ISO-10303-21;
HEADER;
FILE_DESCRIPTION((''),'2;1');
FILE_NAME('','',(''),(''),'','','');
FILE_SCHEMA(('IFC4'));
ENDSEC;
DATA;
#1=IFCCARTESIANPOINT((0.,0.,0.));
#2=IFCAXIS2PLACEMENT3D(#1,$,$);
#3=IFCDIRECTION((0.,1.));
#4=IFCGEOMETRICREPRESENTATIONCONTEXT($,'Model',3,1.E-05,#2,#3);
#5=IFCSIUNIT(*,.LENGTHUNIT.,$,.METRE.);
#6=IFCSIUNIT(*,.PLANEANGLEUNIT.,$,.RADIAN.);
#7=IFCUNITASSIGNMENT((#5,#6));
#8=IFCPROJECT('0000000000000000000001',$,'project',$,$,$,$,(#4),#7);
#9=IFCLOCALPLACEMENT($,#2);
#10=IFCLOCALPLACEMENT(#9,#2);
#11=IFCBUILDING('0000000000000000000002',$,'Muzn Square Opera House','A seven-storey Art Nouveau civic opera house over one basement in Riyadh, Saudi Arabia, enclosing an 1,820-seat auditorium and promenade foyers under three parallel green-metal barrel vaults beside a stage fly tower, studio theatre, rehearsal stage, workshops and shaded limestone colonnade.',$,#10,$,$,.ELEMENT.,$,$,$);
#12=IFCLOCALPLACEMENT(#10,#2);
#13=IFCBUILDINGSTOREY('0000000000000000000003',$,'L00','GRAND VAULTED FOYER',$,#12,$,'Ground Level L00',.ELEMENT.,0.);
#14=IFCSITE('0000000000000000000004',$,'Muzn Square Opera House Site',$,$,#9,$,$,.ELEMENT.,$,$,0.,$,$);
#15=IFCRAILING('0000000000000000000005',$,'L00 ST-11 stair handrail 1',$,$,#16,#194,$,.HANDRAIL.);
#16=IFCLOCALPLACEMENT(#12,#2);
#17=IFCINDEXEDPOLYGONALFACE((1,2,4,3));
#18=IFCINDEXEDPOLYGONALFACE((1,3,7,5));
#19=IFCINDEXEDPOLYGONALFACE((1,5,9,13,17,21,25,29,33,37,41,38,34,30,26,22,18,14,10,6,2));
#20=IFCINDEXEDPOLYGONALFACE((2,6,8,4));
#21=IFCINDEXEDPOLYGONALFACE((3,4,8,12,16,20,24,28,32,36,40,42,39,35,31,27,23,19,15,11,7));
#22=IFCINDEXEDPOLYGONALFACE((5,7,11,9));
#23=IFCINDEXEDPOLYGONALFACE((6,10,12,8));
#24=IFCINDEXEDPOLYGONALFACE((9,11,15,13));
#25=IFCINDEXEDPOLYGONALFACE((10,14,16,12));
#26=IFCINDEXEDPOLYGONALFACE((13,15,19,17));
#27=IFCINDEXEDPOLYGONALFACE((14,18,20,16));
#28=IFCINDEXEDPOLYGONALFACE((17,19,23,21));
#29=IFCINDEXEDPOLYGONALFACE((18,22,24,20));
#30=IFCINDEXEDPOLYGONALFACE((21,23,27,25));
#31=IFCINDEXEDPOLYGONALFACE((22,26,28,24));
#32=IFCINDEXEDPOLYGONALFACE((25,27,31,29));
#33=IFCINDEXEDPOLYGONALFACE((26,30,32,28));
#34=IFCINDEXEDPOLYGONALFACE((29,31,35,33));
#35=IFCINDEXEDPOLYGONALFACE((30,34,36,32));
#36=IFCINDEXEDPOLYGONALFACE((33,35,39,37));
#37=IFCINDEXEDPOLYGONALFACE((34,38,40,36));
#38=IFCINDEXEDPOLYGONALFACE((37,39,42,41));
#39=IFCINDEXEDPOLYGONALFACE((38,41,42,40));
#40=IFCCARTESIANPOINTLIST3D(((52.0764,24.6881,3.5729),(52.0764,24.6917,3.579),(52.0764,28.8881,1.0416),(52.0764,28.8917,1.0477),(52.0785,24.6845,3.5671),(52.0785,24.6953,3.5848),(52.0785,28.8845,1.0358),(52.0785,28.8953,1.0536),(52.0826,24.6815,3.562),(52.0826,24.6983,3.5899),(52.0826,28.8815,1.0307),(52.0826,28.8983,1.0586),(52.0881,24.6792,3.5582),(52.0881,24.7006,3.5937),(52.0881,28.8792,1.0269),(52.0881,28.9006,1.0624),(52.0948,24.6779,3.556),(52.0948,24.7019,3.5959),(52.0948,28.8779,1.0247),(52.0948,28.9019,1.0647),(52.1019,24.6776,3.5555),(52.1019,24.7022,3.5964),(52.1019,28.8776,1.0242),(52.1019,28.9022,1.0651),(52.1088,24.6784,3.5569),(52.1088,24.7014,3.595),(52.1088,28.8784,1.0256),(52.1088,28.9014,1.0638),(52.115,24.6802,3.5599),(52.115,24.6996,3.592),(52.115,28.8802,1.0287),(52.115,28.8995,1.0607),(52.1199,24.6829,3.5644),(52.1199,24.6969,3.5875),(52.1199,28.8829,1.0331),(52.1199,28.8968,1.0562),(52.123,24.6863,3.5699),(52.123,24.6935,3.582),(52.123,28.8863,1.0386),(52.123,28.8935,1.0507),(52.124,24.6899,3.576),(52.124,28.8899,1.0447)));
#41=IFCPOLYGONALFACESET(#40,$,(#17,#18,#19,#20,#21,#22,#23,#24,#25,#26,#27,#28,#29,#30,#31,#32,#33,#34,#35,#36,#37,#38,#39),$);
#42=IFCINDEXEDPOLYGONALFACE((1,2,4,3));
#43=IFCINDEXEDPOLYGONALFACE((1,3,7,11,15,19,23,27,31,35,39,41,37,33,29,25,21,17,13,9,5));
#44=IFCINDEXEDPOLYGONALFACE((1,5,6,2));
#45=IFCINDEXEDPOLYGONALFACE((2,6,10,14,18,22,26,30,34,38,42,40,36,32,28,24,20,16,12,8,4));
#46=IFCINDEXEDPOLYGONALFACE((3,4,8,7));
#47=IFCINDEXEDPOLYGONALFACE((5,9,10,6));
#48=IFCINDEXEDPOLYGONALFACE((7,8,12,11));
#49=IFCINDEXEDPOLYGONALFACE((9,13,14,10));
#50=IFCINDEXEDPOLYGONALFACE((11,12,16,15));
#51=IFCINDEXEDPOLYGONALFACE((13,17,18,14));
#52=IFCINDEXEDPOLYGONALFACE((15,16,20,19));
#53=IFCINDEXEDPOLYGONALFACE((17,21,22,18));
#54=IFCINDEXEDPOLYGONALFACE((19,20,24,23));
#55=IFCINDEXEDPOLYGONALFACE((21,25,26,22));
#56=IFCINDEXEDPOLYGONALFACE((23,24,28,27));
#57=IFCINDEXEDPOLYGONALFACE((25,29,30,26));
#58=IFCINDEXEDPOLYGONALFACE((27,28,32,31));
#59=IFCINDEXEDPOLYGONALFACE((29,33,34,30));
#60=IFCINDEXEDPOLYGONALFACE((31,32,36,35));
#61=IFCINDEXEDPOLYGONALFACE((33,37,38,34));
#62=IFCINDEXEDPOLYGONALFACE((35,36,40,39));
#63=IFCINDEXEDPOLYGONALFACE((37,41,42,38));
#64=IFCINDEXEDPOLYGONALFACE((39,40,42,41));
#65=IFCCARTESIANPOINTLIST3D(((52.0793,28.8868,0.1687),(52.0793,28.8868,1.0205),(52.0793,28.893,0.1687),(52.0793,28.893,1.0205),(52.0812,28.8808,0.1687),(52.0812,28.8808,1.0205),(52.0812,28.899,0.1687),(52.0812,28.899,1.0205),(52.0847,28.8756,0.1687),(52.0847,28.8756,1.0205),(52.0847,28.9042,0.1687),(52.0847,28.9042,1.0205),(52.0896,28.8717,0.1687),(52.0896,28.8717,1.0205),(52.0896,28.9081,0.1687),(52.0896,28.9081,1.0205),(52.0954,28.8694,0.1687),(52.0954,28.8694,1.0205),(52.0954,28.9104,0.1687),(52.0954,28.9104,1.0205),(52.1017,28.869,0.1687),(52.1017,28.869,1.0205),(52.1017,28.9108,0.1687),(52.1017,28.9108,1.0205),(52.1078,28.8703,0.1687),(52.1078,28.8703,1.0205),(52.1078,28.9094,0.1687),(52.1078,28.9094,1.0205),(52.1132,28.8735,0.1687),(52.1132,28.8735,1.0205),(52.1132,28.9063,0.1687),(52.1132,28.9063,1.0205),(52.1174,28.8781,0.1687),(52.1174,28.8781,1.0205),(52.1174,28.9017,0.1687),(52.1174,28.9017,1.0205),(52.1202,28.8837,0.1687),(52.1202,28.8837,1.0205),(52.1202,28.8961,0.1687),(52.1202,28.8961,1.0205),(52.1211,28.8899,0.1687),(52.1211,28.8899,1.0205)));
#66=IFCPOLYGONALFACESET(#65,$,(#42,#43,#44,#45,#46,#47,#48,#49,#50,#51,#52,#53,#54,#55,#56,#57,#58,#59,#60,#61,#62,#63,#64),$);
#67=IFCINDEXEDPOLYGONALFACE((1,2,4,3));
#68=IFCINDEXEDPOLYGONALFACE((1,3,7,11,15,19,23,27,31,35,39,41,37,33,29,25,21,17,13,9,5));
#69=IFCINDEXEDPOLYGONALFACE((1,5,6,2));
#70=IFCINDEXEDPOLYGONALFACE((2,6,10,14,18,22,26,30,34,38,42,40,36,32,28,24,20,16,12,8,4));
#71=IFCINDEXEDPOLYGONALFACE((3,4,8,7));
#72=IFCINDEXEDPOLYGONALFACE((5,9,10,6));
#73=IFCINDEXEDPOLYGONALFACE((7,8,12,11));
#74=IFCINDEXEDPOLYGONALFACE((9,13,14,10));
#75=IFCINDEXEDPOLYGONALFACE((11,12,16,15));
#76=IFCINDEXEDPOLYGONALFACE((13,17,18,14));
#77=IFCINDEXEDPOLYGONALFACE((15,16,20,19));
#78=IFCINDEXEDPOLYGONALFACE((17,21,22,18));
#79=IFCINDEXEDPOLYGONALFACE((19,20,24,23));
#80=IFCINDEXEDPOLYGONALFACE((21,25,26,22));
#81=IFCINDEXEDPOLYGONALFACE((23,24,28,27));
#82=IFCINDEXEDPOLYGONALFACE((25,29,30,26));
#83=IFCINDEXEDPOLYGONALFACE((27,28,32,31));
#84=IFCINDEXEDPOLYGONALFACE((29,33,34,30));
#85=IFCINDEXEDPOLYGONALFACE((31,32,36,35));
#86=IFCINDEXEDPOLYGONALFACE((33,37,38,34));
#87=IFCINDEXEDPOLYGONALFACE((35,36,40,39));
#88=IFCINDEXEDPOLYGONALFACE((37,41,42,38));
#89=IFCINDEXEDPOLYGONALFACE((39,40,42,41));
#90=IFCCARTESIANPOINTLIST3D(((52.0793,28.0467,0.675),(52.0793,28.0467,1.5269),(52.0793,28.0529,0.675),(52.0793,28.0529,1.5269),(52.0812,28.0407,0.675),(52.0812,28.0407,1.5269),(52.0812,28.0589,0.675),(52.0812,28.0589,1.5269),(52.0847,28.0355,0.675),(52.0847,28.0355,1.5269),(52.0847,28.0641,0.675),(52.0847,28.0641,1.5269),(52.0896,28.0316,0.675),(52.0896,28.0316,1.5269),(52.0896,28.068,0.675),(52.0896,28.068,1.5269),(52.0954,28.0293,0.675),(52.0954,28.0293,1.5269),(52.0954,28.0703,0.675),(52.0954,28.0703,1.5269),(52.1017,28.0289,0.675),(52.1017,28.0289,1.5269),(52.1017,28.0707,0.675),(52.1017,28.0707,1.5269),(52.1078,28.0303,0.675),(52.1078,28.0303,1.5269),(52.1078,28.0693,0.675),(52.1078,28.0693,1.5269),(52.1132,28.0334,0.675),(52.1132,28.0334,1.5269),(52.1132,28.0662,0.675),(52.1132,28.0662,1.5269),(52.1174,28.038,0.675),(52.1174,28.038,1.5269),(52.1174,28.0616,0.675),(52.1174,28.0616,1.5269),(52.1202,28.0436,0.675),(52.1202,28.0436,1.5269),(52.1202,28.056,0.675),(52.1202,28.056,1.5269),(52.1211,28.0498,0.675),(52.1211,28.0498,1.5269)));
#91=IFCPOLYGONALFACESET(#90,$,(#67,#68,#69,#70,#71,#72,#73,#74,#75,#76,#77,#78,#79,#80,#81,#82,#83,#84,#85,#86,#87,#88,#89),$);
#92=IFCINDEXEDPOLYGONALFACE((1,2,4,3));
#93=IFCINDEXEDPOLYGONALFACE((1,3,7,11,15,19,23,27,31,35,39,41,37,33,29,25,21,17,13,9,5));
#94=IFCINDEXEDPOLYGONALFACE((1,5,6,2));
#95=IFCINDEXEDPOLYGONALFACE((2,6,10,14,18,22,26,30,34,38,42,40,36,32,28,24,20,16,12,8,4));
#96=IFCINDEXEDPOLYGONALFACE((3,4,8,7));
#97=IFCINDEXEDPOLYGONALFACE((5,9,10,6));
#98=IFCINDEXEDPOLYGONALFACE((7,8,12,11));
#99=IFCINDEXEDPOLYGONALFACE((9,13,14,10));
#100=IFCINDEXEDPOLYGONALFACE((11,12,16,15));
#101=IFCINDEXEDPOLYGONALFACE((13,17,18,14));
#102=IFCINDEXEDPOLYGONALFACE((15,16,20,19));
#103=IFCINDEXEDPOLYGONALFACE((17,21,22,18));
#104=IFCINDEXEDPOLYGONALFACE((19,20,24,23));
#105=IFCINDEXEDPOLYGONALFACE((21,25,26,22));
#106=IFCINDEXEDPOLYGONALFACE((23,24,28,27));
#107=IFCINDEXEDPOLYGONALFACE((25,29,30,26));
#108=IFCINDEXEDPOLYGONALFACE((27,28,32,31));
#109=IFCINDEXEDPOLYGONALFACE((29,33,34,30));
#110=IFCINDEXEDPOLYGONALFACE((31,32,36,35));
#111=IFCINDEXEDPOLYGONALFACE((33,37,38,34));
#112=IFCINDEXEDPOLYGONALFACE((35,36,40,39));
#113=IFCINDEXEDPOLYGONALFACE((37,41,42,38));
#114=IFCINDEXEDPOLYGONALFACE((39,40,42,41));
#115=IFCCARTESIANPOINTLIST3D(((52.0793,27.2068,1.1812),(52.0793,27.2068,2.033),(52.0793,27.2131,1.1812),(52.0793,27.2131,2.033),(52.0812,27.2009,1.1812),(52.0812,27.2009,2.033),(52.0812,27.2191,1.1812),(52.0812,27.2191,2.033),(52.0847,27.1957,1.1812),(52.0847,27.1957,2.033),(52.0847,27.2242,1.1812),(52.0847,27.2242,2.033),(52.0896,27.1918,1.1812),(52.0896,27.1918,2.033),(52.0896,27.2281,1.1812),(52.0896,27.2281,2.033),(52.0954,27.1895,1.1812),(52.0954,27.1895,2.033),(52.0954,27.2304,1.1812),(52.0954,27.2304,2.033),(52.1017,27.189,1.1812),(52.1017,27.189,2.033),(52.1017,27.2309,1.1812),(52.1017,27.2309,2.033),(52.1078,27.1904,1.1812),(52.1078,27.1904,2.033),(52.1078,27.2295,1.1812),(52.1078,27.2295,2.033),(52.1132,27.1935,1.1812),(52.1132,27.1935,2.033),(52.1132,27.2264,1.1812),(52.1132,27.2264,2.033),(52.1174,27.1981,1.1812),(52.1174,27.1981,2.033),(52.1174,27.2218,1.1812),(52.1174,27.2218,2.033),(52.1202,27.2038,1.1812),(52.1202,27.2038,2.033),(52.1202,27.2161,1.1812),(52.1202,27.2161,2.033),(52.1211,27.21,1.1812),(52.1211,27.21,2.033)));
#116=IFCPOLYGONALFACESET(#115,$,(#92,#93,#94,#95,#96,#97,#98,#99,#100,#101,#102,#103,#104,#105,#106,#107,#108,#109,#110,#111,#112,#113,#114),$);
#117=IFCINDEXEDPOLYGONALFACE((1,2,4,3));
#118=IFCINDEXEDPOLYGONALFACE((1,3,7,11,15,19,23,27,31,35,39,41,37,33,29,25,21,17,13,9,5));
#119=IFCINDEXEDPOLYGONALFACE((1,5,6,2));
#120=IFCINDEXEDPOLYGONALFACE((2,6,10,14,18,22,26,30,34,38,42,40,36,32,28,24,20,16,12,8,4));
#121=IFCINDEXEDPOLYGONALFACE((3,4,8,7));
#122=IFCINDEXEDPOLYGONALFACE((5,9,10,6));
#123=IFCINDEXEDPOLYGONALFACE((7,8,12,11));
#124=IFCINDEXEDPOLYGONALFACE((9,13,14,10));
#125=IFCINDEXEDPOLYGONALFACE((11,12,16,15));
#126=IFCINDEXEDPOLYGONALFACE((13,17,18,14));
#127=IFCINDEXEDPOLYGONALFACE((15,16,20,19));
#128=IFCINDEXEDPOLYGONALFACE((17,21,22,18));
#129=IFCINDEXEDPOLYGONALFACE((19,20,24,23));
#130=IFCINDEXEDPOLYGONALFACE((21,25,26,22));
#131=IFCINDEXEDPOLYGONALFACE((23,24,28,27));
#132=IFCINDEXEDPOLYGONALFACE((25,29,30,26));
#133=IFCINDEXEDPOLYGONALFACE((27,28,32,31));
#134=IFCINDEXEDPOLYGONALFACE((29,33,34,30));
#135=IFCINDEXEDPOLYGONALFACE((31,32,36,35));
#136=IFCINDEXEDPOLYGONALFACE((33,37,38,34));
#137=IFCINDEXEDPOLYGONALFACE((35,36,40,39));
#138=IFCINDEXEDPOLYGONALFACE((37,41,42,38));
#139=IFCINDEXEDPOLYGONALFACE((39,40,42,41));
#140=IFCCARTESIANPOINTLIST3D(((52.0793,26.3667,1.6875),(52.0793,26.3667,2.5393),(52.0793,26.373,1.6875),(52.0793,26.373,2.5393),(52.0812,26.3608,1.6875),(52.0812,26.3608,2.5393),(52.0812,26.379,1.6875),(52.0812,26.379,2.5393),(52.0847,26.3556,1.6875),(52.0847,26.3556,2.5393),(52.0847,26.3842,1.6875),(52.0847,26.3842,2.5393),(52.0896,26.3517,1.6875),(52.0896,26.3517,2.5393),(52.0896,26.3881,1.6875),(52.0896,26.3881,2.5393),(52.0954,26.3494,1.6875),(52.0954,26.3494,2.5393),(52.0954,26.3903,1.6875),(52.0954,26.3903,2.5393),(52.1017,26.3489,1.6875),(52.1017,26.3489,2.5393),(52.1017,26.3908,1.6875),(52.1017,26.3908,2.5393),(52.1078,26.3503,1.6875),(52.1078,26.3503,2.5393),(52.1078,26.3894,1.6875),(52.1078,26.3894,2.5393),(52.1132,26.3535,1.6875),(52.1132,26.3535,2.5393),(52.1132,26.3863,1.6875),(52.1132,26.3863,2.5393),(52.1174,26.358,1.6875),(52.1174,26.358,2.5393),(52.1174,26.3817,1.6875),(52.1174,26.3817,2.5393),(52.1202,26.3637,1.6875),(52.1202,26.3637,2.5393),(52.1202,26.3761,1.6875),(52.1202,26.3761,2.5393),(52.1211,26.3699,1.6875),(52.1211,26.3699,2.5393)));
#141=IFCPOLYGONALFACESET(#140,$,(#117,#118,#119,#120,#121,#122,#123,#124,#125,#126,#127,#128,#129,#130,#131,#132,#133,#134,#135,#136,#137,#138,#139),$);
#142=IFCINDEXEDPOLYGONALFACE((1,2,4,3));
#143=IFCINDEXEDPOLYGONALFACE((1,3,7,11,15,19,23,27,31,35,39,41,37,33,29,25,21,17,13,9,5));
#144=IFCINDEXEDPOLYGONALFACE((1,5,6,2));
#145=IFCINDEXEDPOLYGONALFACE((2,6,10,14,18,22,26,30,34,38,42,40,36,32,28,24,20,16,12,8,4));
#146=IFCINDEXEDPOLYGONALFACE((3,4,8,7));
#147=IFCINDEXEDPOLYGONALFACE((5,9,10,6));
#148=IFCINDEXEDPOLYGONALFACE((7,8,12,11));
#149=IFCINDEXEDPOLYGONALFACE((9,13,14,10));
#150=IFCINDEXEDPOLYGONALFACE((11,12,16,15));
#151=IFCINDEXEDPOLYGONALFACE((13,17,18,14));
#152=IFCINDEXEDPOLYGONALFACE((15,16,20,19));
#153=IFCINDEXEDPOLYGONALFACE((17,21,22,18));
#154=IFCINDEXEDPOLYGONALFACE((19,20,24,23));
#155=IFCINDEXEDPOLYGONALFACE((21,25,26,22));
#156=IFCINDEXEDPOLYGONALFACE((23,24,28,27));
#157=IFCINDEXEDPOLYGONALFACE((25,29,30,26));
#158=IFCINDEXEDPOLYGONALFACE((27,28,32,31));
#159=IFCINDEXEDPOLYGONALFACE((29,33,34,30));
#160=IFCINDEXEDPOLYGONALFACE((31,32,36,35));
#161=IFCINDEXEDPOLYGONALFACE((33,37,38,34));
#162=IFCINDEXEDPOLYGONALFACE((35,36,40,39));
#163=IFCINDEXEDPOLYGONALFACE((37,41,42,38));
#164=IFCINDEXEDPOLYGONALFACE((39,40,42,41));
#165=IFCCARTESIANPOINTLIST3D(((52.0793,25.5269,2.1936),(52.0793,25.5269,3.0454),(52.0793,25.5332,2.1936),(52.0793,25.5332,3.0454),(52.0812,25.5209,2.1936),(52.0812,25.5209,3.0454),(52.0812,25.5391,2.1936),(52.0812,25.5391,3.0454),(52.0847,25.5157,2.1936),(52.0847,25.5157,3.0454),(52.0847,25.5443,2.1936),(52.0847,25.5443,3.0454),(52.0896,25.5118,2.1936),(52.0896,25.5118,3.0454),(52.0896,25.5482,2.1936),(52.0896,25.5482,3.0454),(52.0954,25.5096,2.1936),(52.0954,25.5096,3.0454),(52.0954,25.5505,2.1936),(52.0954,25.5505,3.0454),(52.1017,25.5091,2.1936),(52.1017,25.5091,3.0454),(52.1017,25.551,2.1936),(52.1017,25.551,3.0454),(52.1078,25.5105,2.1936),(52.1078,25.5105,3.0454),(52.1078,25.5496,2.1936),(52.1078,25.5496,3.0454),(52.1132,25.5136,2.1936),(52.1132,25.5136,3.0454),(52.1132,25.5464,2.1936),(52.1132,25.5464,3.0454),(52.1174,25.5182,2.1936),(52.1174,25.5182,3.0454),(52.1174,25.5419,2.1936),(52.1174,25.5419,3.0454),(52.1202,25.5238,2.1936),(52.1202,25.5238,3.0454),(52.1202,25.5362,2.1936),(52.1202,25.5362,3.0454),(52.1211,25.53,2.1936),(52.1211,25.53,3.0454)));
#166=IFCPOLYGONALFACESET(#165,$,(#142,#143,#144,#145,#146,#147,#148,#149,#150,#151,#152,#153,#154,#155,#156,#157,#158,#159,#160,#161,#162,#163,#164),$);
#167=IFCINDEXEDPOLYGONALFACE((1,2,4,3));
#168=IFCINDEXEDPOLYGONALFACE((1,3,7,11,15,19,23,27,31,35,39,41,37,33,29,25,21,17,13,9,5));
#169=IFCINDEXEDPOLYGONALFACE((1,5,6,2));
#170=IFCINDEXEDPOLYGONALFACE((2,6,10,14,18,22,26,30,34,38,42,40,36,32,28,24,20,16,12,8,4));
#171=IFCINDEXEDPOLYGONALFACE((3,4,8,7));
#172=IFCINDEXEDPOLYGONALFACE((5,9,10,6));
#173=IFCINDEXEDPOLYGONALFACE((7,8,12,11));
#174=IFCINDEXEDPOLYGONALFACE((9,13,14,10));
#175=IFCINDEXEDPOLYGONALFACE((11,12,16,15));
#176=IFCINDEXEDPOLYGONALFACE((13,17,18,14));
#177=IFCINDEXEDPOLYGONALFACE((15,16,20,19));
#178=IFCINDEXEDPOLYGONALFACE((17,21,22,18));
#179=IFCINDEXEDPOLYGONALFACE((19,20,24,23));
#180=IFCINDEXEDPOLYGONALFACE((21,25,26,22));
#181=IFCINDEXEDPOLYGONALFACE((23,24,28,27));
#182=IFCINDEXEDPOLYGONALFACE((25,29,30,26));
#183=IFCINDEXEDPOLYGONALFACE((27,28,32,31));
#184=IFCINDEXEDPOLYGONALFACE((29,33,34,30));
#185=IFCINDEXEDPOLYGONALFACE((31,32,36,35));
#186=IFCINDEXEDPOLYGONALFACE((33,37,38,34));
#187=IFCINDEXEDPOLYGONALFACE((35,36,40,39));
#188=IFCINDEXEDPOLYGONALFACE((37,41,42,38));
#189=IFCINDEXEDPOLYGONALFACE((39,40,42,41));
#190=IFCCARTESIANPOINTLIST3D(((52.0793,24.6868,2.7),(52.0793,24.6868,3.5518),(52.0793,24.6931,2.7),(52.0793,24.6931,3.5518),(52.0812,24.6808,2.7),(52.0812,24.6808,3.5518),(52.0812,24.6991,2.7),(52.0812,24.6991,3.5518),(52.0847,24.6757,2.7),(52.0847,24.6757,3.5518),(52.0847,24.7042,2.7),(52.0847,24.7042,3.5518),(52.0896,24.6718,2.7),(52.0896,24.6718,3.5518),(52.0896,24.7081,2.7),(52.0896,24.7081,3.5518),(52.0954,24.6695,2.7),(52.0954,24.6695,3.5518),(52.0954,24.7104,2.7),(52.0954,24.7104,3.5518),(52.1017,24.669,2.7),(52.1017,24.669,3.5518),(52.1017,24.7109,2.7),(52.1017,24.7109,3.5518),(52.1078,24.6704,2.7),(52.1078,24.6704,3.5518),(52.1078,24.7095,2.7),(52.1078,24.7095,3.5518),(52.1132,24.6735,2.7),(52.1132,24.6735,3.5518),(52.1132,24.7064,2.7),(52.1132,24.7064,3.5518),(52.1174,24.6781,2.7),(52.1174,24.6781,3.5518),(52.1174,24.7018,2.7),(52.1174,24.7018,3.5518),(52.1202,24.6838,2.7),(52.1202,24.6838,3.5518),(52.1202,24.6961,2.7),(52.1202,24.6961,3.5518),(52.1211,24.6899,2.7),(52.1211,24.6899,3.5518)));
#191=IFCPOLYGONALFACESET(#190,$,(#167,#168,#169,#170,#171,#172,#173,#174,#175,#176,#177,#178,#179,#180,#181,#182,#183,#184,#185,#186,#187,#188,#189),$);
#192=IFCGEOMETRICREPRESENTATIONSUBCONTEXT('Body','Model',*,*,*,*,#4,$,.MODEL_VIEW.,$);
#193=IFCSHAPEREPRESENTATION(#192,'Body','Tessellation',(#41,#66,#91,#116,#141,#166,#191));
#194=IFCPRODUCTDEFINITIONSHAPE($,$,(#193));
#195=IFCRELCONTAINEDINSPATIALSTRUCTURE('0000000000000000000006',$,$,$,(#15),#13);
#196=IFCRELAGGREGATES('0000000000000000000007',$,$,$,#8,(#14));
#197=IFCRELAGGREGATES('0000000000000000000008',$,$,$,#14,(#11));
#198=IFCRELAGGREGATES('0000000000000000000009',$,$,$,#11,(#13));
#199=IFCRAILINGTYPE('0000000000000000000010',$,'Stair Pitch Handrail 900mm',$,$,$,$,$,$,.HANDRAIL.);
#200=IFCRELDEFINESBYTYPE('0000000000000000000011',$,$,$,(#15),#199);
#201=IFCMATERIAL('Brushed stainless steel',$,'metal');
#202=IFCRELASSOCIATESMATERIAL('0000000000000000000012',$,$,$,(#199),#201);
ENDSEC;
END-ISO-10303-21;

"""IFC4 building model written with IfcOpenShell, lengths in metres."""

from ifc_helpers import new_model, si_unit, direction, frame, origin, origin_2d, place, context, subcontext, project, spatial, circle, extrude, material, type_object, element, save


model = new_model("IFC4")

# Units and contexts
model_context = context("Model", 3, precision=1e-05, world=origin(), true_north=direction((0.0, 1.0)))
body_context = subcontext(model_context, "Body", "Model", "MODEL_VIEW")
ifc_project = project(units=[si_unit("LENGTHUNIT", "METRE"), si_unit("PLANEANGLEUNIT", "RADIAN")], contexts=[model_context])

# Site, building, storey
site_placement = place(None, origin())
site = spatial("IfcSite", under=ifc_project, at=site_placement, Name="Muzn Square Opera House Site", CompositionType="ELEMENT", RefElevation=0.0)
building_placement = place(site_placement, origin())
building = spatial("IfcBuilding", under=site, at=building_placement, Name="Muzn Square Opera House", Description="A seven-storey Art Nouveau civic opera house over one basement in Riyadh, Saudi Arabia, enclosing an 1,820-seat auditorium and promenade foyers under three parallel green-metal barrel vaults beside a stage fly tower, studio theatre, rehearsal stage, workshops and shaded limestone colonnade.", CompositionType="ELEMENT")
storey_placement = place(building_placement, origin())
storey = spatial("IfcBuildingStorey", under=building, at=storey_placement, Name="L00", Description="GRAND VAULTED FOYER", LongName="Ground Level L00", CompositionType="ELEMENT", Elevation=0.0)

# Railing
ifc_material_1 = material(Name="Brushed stainless steel", Category="metal")
railing_type_1 = type_object("IfcRailingType", Name="Stair Pitch Handrail 900mm", PredefinedType="HANDRAIL", material=ifc_material_1)
railing_1_placement = place(storey_placement, frame((52.1001, 28.8899, 0.1687)))
element("IfcRailing", 1, at=railing_1_placement, inside=storey, type_object=railing_type_1, Name="L00 ST-11 stair handrail 1", PredefinedType="HANDRAIL", context=body_context, shape_type="SweptSolid", body=[
    extrude(circle(Radius=0.0239, at=origin_2d()), frame((0.0, 0.0, 0.876), z_axis=(0.0, -0.856476, 0.516186), x_axis=(1.0, 0.0, 0.0)), (0.0, 0.0, 1.0), 4.9038),
    extrude(circle(Radius=0.021, at=origin_2d()), origin(), (0.0, 0.0, 1.0), 0.8518),
    extrude(circle(Radius=0.021, at=origin_2d()), frame((0.0, -0.8401, 0.5063)), (0.0, 0.0, 1.0), 0.8518),
    extrude(circle(Radius=0.021, at=origin_2d()), frame((0.0, -1.6799, 1.0125)), (0.0, 0.0, 1.0), 0.8518),
    extrude(circle(Radius=0.021, at=origin_2d()), frame((0.0, -2.52, 1.5188)), (0.0, 0.0, 1.0), 0.8518),
    extrude(circle(Radius=0.021, at=origin_2d()), frame((0.0, -3.3599, 2.0249)), (0.0, 0.0, 1.0), 0.8518),
    extrude(circle(Radius=0.021, at=origin_2d()), frame((0.0, -4.2, 2.5312)), (0.0, 0.0, 1.0), 0.8518),
])

save(model, "model.ifc")
